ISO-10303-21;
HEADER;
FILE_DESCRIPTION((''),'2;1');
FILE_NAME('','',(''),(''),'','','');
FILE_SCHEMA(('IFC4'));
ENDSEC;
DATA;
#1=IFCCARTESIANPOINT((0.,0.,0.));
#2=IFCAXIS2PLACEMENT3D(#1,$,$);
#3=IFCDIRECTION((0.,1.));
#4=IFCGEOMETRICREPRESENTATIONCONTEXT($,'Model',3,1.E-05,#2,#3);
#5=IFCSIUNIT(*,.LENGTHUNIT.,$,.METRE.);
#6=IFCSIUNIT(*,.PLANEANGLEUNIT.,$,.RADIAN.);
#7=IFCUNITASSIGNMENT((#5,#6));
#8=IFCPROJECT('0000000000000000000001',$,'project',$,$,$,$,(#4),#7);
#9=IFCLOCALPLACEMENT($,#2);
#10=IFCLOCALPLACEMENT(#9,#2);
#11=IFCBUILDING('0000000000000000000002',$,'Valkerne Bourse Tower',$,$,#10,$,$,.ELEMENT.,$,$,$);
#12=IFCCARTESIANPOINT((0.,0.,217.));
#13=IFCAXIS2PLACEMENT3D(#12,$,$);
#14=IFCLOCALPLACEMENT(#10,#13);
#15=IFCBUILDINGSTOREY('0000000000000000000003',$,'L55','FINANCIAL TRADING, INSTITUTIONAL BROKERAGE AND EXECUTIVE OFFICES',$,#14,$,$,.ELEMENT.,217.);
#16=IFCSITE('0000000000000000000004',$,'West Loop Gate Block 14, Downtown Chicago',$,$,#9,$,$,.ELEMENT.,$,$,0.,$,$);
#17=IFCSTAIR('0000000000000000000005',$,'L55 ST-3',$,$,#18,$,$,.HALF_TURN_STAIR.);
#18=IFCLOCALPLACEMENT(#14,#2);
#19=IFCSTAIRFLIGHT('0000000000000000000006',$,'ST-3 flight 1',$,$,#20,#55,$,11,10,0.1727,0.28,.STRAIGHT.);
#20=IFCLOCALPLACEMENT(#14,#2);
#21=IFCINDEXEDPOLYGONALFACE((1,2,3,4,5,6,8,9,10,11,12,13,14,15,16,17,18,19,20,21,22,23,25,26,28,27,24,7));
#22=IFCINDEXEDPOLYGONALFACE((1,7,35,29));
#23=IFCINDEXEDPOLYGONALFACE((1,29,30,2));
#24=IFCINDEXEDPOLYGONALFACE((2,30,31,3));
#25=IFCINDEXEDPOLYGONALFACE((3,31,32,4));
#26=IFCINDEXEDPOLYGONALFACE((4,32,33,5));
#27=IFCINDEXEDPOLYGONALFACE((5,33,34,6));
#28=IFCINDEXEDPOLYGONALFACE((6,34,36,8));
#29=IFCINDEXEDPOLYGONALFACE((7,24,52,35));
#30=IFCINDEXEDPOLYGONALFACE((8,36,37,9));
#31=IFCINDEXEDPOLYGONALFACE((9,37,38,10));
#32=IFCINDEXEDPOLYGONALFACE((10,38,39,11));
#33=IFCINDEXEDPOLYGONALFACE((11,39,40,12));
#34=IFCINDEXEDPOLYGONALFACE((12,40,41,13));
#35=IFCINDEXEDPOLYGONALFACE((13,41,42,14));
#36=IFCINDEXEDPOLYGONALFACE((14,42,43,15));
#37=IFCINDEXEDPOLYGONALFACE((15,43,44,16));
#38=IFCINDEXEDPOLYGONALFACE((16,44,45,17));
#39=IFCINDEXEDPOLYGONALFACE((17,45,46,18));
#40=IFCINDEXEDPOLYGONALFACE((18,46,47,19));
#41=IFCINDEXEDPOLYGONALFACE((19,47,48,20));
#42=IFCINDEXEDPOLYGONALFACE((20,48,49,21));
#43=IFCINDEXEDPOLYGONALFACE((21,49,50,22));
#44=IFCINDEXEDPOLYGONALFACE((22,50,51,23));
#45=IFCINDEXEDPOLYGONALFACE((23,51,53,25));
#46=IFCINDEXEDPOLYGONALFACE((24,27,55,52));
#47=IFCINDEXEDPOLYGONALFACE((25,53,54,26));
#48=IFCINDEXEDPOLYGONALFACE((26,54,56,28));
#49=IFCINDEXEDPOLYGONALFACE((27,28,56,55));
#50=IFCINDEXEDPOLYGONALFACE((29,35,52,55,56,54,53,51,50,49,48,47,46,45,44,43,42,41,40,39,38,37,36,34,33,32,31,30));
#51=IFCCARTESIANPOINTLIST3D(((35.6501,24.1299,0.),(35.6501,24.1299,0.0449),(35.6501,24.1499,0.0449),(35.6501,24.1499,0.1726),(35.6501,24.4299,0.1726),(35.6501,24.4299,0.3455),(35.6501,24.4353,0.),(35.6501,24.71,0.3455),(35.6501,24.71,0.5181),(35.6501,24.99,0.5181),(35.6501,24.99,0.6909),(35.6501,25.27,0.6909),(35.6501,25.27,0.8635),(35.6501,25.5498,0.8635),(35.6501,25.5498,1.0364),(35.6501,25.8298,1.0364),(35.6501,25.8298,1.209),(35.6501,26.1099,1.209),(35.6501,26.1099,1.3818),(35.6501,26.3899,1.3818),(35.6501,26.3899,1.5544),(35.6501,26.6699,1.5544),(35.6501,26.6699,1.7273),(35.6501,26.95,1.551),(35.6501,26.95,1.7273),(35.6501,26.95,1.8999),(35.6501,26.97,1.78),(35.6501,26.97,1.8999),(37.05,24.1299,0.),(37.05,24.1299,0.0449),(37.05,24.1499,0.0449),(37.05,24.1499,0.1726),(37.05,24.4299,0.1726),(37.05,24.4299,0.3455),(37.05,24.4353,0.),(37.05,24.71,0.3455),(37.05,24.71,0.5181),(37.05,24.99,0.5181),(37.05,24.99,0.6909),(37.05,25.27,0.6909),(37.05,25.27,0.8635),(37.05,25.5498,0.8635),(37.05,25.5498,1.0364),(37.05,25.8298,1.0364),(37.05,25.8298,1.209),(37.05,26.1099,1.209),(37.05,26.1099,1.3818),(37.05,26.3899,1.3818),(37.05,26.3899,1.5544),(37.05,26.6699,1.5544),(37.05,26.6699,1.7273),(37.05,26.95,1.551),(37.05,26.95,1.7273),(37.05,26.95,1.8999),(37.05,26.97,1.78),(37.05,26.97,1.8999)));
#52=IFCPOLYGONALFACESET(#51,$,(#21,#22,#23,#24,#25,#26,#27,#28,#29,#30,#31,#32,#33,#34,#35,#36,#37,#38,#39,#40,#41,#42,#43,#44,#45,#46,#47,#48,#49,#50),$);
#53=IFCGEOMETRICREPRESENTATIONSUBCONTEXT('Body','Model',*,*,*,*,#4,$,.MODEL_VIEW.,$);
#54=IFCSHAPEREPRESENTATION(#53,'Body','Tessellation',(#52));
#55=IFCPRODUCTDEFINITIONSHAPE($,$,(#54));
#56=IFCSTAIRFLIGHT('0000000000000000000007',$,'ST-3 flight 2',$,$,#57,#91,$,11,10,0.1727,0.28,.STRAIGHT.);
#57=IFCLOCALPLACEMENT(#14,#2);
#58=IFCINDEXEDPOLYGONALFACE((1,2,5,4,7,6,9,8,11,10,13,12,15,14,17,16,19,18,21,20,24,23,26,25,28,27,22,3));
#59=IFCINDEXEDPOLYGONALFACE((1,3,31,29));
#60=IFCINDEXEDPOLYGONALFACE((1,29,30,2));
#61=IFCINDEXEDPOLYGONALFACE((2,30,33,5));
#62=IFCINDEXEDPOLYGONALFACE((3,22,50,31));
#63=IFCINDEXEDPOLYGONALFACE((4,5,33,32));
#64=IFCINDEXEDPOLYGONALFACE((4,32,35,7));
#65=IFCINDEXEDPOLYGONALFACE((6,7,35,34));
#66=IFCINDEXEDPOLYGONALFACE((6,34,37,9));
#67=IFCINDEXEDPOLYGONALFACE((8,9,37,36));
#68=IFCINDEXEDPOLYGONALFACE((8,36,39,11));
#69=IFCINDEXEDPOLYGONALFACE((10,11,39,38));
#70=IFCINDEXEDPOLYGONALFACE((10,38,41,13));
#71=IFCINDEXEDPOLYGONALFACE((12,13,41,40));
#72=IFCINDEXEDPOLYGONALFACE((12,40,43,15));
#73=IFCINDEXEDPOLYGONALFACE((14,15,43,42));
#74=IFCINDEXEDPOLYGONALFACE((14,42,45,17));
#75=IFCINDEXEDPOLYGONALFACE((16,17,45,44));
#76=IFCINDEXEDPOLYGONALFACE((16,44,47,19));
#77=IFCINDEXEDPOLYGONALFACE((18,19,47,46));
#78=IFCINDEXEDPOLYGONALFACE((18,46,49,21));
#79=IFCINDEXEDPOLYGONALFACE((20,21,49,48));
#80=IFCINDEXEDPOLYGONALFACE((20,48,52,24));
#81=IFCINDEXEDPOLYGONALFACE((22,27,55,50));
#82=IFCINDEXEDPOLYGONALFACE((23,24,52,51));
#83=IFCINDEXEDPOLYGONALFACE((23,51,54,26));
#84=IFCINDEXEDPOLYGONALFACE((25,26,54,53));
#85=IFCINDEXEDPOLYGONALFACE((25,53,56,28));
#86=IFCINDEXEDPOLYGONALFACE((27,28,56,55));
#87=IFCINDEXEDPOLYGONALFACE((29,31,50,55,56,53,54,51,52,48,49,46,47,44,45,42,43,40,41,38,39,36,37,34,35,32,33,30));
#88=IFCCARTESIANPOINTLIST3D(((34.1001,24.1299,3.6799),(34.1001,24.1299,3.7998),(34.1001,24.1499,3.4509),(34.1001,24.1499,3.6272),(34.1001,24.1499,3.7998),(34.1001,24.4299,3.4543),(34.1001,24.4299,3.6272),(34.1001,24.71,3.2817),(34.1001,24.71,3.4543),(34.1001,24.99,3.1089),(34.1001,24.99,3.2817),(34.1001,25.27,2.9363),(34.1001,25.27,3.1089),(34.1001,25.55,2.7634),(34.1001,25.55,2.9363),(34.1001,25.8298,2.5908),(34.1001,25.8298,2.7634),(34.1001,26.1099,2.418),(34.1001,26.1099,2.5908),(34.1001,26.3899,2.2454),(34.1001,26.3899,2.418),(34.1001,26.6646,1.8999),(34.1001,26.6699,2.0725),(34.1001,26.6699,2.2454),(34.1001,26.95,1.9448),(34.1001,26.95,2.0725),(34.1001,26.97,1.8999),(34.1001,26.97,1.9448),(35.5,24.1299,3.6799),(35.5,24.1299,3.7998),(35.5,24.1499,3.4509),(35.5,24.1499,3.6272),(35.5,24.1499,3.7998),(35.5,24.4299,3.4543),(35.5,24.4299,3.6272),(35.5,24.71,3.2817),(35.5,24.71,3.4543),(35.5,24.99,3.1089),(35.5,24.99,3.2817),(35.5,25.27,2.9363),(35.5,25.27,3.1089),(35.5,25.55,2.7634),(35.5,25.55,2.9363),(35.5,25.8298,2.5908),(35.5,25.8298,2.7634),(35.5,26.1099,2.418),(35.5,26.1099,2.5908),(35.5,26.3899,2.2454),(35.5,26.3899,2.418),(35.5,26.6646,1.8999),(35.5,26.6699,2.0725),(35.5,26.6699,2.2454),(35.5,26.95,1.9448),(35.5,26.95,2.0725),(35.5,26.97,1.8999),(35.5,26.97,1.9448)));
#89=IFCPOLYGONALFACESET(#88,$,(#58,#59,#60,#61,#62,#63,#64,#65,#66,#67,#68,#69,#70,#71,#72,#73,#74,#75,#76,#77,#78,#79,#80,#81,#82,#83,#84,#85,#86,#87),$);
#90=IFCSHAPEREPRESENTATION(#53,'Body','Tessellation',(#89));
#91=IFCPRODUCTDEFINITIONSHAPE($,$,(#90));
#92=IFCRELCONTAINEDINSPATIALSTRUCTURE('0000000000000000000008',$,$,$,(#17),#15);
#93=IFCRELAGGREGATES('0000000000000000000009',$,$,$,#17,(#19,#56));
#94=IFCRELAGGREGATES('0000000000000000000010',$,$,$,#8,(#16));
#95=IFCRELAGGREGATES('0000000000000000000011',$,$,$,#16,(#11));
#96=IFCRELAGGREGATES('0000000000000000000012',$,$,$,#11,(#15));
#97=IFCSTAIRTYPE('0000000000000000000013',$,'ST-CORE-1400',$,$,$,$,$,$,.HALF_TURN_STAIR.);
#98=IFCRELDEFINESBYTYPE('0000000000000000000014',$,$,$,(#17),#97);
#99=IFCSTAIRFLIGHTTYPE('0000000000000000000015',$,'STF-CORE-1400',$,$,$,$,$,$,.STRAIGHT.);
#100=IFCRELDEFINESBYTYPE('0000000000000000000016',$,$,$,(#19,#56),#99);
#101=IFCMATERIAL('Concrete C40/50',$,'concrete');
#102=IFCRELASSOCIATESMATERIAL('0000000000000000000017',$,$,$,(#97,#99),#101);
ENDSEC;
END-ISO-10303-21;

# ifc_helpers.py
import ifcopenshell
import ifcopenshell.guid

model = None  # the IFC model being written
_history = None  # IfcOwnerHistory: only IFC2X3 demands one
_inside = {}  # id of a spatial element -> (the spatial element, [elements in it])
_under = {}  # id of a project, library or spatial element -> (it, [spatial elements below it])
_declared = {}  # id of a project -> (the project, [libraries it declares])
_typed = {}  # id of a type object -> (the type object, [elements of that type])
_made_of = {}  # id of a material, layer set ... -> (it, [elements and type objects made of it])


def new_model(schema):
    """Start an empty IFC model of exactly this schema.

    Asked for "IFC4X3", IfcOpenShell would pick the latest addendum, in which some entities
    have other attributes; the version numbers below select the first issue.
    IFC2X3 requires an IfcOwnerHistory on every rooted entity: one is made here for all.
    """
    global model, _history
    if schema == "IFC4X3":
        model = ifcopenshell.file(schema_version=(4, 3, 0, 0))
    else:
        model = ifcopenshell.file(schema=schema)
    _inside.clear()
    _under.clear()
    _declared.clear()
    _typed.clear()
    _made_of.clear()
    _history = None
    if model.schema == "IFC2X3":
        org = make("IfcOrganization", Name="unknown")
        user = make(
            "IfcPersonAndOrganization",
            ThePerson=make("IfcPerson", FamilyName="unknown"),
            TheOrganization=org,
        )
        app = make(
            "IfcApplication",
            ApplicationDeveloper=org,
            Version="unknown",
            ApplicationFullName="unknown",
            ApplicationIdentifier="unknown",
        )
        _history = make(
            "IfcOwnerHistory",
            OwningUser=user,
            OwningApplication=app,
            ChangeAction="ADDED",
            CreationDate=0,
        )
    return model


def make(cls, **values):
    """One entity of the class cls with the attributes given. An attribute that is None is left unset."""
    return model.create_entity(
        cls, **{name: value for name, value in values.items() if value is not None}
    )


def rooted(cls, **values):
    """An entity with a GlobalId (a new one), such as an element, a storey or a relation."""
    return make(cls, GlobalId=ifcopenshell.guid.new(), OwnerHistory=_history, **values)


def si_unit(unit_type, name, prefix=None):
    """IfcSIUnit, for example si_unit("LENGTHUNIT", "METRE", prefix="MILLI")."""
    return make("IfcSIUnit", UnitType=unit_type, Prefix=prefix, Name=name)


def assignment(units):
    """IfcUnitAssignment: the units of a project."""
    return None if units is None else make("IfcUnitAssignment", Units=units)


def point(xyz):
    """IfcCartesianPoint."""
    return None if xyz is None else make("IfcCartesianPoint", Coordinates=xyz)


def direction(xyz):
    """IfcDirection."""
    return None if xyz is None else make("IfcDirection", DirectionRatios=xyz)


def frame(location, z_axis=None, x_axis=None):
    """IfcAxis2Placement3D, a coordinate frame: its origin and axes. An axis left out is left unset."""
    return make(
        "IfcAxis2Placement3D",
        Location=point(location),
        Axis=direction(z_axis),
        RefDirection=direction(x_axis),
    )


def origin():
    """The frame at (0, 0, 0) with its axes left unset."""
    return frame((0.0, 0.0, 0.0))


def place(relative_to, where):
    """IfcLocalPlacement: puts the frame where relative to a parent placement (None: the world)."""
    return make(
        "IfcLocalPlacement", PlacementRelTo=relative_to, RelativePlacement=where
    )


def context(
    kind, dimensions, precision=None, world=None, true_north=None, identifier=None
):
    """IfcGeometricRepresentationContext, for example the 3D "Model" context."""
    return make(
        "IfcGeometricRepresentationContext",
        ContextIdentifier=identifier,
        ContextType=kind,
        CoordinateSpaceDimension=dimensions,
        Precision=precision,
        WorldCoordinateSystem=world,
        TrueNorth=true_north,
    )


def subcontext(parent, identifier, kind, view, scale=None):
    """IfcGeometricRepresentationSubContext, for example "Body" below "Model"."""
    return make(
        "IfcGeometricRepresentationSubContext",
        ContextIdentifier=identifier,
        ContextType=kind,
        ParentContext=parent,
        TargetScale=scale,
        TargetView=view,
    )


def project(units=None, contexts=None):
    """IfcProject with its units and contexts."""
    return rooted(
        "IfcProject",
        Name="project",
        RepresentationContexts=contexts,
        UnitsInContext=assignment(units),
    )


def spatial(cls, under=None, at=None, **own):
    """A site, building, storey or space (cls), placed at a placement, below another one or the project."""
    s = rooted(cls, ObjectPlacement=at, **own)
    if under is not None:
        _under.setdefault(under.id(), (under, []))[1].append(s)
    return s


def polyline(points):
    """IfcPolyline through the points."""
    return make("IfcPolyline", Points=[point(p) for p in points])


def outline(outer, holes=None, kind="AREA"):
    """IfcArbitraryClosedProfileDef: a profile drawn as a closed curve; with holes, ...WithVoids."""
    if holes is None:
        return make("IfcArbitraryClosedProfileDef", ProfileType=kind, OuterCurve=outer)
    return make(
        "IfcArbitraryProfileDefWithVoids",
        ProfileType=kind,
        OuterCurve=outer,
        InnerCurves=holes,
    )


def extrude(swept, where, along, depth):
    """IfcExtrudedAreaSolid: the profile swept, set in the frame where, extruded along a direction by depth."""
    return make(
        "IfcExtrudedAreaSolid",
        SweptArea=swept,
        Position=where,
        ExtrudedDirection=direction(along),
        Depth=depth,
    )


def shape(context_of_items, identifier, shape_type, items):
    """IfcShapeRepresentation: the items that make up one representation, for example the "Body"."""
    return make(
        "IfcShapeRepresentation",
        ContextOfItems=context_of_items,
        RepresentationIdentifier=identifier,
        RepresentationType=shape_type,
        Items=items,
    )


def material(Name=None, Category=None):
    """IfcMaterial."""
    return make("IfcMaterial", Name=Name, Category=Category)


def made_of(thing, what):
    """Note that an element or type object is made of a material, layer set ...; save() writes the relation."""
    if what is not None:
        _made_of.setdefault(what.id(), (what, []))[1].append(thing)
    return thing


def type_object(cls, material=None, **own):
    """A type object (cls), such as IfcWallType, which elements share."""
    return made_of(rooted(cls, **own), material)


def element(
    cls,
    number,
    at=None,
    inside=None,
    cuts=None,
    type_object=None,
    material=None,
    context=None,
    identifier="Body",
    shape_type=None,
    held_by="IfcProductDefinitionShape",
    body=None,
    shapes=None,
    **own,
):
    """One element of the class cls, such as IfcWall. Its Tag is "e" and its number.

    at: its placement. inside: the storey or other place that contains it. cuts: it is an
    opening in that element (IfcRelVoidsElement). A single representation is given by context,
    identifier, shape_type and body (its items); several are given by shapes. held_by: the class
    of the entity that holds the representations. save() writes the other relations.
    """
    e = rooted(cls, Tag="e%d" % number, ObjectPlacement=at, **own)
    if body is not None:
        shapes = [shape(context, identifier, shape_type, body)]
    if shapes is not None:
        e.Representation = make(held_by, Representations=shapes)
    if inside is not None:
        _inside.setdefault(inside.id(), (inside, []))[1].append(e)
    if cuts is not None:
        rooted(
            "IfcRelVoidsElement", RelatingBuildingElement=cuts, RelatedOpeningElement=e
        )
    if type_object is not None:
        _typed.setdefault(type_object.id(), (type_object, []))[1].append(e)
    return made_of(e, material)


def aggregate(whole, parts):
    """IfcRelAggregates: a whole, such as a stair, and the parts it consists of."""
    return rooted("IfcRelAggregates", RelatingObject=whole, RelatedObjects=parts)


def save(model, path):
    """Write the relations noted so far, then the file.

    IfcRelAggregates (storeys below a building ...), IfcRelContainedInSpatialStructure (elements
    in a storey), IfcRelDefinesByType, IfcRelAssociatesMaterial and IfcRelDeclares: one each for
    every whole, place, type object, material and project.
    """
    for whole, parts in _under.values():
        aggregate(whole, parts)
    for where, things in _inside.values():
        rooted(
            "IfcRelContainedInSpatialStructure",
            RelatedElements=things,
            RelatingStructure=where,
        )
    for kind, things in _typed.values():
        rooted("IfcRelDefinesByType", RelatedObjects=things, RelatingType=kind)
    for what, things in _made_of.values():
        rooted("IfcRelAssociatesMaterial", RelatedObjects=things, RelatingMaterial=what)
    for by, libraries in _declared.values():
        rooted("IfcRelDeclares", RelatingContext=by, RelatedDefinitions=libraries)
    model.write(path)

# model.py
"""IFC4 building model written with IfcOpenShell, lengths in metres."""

from ifc_helpers import new_model, si_unit, direction, frame, origin, place, context, subcontext, project, spatial, polyline, outline, extrude, material, type_object, element, aggregate, save


model = new_model("IFC4")

# Units and contexts
model_context = context("Model", 3, precision=1e-05, world=origin(), true_north=direction((0.0, 1.0)))
body_context = subcontext(model_context, "Body", "Model", "MODEL_VIEW")
ifc_project = project(units=[si_unit("LENGTHUNIT", "METRE"), si_unit("PLANEANGLEUNIT", "RADIAN")], contexts=[model_context])

# Site, building, storey
site_placement = place(None, origin())
site = spatial("IfcSite", under=ifc_project, at=site_placement, Name="West Loop Gate Block 14, Downtown Chicago", CompositionType="ELEMENT", RefElevation=0.0)
building_placement = place(site_placement, origin())
building = spatial("IfcBuilding", under=site, at=building_placement, Name="Valkerne Bourse Tower", CompositionType="ELEMENT")
storey_placement = place(building_placement, frame((0.0, 0.0, 217.0)))
storey = spatial("IfcBuildingStorey", under=building, at=storey_placement, Name="L55", Description="FINANCIAL TRADING, INSTITUTIONAL BROKERAGE AND EXECUTIVE OFFICES", CompositionType="ELEMENT", Elevation=217.0)

# Shared definitions
ifc_material_1 = material(Name="Concrete C40/50", Category="concrete")

# Stair, stair flights
stair_type = type_object("IfcStairType", Name="ST-CORE-1400", PredefinedType="HALF_TURN_STAIR", material=ifc_material_1)
stair_placement = place(storey_placement, origin())
stair = element("IfcStair", 1, at=stair_placement, inside=storey, type_object=stair_type, Name="L55 ST-3", PredefinedType="HALF_TURN_STAIR")
stair_flight_type = type_object("IfcStairFlightType", Name="STF-CORE-1400", PredefinedType="STRAIGHT", material=ifc_material_1)
stair_flight_1_placement = place(storey_placement, frame((36.3501, 24.1499, 0.0), z_axis=(0.0, 0.0, 1.0), x_axis=(0.0, 1.0, 0.0)))
stair_flight_1 = element("IfcStairFlight", 2, at=stair_flight_1_placement, type_object=stair_flight_type, Name="ST-3 flight 1", NumberOfRisers=11, NumberOfTreads=10, PredefinedType="STRAIGHT", RiserHeight=0.1727, TreadLength=0.28, context=body_context, shape_type="SweptSolid", body=[
    extrude(outline(polyline([(-0.02, 0.0), (-0.02, 0.0449), (0.0, 0.0449), (0.0, 0.1726), (0.28, 0.1726), (0.28, 0.3455), (0.5601, 0.3455), (0.5601, 0.5181), (0.8401, 0.5181), (0.8401, 0.6909), (1.1201, 0.6909), (1.1201, 0.8635), (1.3999, 0.8635), (1.3999, 1.0364), (1.6799, 1.0364), (1.6799, 1.209), (1.96, 1.209), (1.96, 1.3818), (2.24, 1.3818), (2.24, 1.5544), (2.52, 1.5544), (2.52, 1.7273), (2.8, 1.7273), (2.8, 1.8999), (2.8201, 1.8999), (2.8201, 1.78), (2.8, 1.551), (0.2854, 0.0), (-0.02, 0.0)])), frame((0.0, 0.7, 0.0), z_axis=(0.0, -1.0, 0.0), x_axis=(1.0, 0.0, 0.0)), (0.0, 0.0, 1.0), 1.3999),
])
stair_flight_2_placement = place(storey_placement, frame((34.8, 26.95, 1.8999), z_axis=(0.0, 0.0, 1.0), x_axis=(0.0, -1.0, 0.0)))
stair_flight_2 = element("IfcStairFlight", 3, at=stair_flight_2_placement, type_object=stair_flight_type, Name="ST-3 flight 2", NumberOfRisers=11, NumberOfTreads=10, PredefinedType="STRAIGHT", RiserHeight=0.1727, TreadLength=0.28, context=body_context, shape_type="SweptSolid", body=[
    extrude(outline(polyline([(-0.02, 0.0), (-0.02, 0.0449), (0.0, 0.0449), (0.0, 0.1726), (0.28, 0.1726), (0.28, 0.3455), (0.5601, 0.3455), (0.5601, 0.5181), (0.8401, 0.5181), (0.8401, 0.6909), (1.1201, 0.6909), (1.1201, 0.8635), (1.3999, 0.8635), (1.3999, 1.0364), (1.6799, 1.0364), (1.6799, 1.209), (1.96, 1.209), (1.96, 1.3818), (2.24, 1.3818), (2.24, 1.5544), (2.52, 1.5544), (2.52, 1.7273), (2.8, 1.7273), (2.8, 1.8999), (2.8201, 1.8999), (2.8201, 1.78), (2.8, 1.551), (0.2854, 0.0), (-0.02, 0.0)])), frame((0.0, 0.7, 0.0), z_axis=(0.0, -1.0, 0.0), x_axis=(1.0, 0.0, 0.0)), (0.0, 0.0, 1.0), 1.3999),
])
aggregate(stair, [stair_flight_1, stair_flight_2])

save(model, "model.ifc")
